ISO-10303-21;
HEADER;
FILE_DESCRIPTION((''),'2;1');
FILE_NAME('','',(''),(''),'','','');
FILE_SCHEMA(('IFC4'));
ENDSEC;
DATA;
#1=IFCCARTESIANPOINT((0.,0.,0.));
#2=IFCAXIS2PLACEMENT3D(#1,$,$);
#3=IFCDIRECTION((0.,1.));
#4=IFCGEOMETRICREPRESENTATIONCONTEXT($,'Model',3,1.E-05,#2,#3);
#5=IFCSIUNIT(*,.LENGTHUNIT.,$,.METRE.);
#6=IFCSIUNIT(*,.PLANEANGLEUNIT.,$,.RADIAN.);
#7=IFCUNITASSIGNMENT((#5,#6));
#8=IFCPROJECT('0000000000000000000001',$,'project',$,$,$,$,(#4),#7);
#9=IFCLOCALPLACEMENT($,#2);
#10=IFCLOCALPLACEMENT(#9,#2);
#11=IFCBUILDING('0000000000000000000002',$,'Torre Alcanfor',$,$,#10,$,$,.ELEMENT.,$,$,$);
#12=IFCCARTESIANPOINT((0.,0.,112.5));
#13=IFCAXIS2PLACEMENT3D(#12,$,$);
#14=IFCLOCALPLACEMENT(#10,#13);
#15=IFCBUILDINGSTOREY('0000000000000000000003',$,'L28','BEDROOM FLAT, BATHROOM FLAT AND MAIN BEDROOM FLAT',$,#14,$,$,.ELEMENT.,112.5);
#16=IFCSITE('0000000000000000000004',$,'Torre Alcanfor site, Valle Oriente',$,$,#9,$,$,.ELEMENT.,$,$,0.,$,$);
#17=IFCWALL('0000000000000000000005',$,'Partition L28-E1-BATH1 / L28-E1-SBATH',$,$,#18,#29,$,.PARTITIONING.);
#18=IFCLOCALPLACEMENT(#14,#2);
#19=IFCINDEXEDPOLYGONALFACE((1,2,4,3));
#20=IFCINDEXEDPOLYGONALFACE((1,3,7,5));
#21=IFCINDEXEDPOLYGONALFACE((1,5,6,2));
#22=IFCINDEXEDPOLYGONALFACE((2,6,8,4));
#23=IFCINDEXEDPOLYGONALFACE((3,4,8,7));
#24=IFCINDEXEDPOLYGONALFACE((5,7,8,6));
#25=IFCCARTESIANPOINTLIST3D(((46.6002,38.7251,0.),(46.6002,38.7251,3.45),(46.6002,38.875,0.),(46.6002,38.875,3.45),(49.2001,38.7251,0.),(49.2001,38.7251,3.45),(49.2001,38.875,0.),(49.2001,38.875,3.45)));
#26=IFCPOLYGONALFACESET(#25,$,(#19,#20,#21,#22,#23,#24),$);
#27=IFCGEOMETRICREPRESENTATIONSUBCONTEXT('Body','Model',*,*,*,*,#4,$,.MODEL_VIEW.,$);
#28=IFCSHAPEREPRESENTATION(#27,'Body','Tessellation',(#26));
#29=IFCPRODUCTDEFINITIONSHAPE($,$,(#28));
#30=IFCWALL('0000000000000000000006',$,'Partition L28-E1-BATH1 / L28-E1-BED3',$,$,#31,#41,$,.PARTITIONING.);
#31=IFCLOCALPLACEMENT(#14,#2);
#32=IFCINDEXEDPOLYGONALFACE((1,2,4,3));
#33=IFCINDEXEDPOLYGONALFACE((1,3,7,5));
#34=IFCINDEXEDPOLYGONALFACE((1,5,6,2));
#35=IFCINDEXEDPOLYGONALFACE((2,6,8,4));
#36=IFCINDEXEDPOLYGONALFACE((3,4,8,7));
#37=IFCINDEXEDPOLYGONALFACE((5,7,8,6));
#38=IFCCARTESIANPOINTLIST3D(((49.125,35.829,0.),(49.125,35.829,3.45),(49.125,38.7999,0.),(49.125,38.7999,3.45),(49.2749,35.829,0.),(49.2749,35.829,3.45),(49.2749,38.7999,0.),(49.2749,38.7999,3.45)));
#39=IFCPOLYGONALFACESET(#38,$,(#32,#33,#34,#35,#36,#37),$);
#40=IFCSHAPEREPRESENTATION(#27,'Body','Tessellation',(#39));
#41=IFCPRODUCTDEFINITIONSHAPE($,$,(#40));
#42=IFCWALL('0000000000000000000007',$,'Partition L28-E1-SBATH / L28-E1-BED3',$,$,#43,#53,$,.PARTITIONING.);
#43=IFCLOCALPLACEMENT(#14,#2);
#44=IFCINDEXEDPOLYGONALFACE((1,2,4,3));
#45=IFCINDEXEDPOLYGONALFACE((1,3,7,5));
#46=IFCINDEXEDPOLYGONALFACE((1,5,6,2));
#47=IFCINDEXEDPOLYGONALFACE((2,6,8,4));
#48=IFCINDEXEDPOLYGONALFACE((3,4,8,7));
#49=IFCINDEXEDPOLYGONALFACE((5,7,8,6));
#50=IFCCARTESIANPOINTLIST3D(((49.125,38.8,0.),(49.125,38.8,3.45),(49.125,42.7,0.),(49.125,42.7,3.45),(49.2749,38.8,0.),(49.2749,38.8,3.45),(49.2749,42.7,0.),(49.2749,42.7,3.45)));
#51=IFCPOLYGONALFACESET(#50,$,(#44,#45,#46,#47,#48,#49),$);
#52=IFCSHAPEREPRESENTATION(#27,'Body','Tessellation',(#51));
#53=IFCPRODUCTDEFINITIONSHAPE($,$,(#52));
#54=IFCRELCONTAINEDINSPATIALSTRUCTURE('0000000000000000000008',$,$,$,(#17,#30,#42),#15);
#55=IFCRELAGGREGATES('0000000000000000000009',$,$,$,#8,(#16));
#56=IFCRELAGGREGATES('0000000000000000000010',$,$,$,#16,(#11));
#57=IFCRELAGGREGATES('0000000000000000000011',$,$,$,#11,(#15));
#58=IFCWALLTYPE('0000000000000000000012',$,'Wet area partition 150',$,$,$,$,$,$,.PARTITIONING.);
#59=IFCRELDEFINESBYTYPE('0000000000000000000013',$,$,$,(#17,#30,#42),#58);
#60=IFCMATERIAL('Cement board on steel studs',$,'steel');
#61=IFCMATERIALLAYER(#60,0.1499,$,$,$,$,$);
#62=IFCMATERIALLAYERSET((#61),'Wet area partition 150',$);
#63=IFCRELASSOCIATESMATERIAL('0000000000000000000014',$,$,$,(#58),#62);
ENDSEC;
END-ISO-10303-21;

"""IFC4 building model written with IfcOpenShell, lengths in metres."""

from ifc_helpers import new_model, si_unit, direction, frame, frame_2d, origin, place, context, subcontext, project, spatial, rectangle, extrude, material, layer, layer_set, type_object, element, save


model = new_model("IFC4")

# Units and contexts
model_context = context("Model", 3, precision=1e-05, world=origin(), true_north=direction((0.0, 1.0)))
body_context = subcontext(model_context, "Body", "Model", "MODEL_VIEW")
ifc_project = project(units=[si_unit("LENGTHUNIT", "METRE"), si_unit("PLANEANGLEUNIT", "RADIAN")], contexts=[model_context])

# Site, building, storey
site_placement = place(None, origin())
site = spatial("IfcSite", under=ifc_project, at=site_placement, Name="Torre Alcanfor site, Valle Oriente", CompositionType="ELEMENT", RefElevation=0.0)
building_placement = place(site_placement, origin())
building = spatial("IfcBuilding", under=site, at=building_placement, Name="Torre Alcanfor", CompositionType="ELEMENT")
storey_placement = place(building_placement, frame((0.0, 0.0, 112.5)))
storey = spatial("IfcBuildingStorey", under=building, at=storey_placement, Name="L28", Description="BEDROOM FLAT, BATHROOM FLAT AND MAIN BEDROOM FLAT", CompositionType="ELEMENT", Elevation=112.5)

# Shared definitions
ifc_material_1 = material(Name="Cement board on steel studs", Category="steel")
ifc_layer_1 = layer(ifc_material_1, 0.1499)
ifc_layer_set_1 = layer_set([ifc_layer_1], Name="Wet area partition 150")
wall_type_1 = type_object("IfcWallType", Name="Wet area partition 150", PredefinedType="PARTITIONING", material=ifc_layer_set_1)

# Walls
wall_1_placement = place(storey_placement, frame((49.2, 38.8, 0.0), z_axis=(0.0, 0.0, 1.0), x_axis=(-1.0, 0.0, 0.0)))
element("IfcWall", 1, at=wall_1_placement, inside=storey, type_object=wall_type_1, Name="Partition L28-E1-BATH1 / L28-E1-SBATH", PredefinedType="PARTITIONING", context=body_context, shape_type="SweptSolid", body=[
    extrude(rectangle(XDim=2.5999, YDim=0.1499, at=frame_2d((1.2998, 0.0))), origin(), (0.0, 0.0, 1.0), 3.45),
])
wall_2_placement = place(storey_placement, frame((49.2, 35.8291, 0.0), z_axis=(0.0, 0.0, 1.0), x_axis=(0.0, 1.0, 0.0)))
element("IfcWall", 2, at=wall_2_placement, inside=storey, type_object=wall_type_1, Name="Partition L28-E1-BATH1 / L28-E1-BED3", PredefinedType="PARTITIONING", context=body_context, shape_type="SweptSolid", body=[
    extrude(rectangle(XDim=2.9709, YDim=0.1499, at=frame_2d((1.4854, 0.0))), origin(), (0.0, 0.0, 1.0), 3.45),
])
wall_3_placement = place(storey_placement, frame((49.2, 38.8, 0.0), z_axis=(0.0, 0.0, 1.0), x_axis=(0.0, 1.0, 0.0)))
element("IfcWall", 3, at=wall_3_placement, inside=storey, type_object=wall_type_1, Name="Partition L28-E1-SBATH / L28-E1-BED3", PredefinedType="PARTITIONING", context=body_context, shape_type="SweptSolid", body=[
    extrude(rectangle(XDim=3.8999, YDim=0.1499, at=frame_2d((1.95, 0.0))), origin(), (0.0, 0.0, 1.0), 3.45),
])

save(model, "model.ifc")
